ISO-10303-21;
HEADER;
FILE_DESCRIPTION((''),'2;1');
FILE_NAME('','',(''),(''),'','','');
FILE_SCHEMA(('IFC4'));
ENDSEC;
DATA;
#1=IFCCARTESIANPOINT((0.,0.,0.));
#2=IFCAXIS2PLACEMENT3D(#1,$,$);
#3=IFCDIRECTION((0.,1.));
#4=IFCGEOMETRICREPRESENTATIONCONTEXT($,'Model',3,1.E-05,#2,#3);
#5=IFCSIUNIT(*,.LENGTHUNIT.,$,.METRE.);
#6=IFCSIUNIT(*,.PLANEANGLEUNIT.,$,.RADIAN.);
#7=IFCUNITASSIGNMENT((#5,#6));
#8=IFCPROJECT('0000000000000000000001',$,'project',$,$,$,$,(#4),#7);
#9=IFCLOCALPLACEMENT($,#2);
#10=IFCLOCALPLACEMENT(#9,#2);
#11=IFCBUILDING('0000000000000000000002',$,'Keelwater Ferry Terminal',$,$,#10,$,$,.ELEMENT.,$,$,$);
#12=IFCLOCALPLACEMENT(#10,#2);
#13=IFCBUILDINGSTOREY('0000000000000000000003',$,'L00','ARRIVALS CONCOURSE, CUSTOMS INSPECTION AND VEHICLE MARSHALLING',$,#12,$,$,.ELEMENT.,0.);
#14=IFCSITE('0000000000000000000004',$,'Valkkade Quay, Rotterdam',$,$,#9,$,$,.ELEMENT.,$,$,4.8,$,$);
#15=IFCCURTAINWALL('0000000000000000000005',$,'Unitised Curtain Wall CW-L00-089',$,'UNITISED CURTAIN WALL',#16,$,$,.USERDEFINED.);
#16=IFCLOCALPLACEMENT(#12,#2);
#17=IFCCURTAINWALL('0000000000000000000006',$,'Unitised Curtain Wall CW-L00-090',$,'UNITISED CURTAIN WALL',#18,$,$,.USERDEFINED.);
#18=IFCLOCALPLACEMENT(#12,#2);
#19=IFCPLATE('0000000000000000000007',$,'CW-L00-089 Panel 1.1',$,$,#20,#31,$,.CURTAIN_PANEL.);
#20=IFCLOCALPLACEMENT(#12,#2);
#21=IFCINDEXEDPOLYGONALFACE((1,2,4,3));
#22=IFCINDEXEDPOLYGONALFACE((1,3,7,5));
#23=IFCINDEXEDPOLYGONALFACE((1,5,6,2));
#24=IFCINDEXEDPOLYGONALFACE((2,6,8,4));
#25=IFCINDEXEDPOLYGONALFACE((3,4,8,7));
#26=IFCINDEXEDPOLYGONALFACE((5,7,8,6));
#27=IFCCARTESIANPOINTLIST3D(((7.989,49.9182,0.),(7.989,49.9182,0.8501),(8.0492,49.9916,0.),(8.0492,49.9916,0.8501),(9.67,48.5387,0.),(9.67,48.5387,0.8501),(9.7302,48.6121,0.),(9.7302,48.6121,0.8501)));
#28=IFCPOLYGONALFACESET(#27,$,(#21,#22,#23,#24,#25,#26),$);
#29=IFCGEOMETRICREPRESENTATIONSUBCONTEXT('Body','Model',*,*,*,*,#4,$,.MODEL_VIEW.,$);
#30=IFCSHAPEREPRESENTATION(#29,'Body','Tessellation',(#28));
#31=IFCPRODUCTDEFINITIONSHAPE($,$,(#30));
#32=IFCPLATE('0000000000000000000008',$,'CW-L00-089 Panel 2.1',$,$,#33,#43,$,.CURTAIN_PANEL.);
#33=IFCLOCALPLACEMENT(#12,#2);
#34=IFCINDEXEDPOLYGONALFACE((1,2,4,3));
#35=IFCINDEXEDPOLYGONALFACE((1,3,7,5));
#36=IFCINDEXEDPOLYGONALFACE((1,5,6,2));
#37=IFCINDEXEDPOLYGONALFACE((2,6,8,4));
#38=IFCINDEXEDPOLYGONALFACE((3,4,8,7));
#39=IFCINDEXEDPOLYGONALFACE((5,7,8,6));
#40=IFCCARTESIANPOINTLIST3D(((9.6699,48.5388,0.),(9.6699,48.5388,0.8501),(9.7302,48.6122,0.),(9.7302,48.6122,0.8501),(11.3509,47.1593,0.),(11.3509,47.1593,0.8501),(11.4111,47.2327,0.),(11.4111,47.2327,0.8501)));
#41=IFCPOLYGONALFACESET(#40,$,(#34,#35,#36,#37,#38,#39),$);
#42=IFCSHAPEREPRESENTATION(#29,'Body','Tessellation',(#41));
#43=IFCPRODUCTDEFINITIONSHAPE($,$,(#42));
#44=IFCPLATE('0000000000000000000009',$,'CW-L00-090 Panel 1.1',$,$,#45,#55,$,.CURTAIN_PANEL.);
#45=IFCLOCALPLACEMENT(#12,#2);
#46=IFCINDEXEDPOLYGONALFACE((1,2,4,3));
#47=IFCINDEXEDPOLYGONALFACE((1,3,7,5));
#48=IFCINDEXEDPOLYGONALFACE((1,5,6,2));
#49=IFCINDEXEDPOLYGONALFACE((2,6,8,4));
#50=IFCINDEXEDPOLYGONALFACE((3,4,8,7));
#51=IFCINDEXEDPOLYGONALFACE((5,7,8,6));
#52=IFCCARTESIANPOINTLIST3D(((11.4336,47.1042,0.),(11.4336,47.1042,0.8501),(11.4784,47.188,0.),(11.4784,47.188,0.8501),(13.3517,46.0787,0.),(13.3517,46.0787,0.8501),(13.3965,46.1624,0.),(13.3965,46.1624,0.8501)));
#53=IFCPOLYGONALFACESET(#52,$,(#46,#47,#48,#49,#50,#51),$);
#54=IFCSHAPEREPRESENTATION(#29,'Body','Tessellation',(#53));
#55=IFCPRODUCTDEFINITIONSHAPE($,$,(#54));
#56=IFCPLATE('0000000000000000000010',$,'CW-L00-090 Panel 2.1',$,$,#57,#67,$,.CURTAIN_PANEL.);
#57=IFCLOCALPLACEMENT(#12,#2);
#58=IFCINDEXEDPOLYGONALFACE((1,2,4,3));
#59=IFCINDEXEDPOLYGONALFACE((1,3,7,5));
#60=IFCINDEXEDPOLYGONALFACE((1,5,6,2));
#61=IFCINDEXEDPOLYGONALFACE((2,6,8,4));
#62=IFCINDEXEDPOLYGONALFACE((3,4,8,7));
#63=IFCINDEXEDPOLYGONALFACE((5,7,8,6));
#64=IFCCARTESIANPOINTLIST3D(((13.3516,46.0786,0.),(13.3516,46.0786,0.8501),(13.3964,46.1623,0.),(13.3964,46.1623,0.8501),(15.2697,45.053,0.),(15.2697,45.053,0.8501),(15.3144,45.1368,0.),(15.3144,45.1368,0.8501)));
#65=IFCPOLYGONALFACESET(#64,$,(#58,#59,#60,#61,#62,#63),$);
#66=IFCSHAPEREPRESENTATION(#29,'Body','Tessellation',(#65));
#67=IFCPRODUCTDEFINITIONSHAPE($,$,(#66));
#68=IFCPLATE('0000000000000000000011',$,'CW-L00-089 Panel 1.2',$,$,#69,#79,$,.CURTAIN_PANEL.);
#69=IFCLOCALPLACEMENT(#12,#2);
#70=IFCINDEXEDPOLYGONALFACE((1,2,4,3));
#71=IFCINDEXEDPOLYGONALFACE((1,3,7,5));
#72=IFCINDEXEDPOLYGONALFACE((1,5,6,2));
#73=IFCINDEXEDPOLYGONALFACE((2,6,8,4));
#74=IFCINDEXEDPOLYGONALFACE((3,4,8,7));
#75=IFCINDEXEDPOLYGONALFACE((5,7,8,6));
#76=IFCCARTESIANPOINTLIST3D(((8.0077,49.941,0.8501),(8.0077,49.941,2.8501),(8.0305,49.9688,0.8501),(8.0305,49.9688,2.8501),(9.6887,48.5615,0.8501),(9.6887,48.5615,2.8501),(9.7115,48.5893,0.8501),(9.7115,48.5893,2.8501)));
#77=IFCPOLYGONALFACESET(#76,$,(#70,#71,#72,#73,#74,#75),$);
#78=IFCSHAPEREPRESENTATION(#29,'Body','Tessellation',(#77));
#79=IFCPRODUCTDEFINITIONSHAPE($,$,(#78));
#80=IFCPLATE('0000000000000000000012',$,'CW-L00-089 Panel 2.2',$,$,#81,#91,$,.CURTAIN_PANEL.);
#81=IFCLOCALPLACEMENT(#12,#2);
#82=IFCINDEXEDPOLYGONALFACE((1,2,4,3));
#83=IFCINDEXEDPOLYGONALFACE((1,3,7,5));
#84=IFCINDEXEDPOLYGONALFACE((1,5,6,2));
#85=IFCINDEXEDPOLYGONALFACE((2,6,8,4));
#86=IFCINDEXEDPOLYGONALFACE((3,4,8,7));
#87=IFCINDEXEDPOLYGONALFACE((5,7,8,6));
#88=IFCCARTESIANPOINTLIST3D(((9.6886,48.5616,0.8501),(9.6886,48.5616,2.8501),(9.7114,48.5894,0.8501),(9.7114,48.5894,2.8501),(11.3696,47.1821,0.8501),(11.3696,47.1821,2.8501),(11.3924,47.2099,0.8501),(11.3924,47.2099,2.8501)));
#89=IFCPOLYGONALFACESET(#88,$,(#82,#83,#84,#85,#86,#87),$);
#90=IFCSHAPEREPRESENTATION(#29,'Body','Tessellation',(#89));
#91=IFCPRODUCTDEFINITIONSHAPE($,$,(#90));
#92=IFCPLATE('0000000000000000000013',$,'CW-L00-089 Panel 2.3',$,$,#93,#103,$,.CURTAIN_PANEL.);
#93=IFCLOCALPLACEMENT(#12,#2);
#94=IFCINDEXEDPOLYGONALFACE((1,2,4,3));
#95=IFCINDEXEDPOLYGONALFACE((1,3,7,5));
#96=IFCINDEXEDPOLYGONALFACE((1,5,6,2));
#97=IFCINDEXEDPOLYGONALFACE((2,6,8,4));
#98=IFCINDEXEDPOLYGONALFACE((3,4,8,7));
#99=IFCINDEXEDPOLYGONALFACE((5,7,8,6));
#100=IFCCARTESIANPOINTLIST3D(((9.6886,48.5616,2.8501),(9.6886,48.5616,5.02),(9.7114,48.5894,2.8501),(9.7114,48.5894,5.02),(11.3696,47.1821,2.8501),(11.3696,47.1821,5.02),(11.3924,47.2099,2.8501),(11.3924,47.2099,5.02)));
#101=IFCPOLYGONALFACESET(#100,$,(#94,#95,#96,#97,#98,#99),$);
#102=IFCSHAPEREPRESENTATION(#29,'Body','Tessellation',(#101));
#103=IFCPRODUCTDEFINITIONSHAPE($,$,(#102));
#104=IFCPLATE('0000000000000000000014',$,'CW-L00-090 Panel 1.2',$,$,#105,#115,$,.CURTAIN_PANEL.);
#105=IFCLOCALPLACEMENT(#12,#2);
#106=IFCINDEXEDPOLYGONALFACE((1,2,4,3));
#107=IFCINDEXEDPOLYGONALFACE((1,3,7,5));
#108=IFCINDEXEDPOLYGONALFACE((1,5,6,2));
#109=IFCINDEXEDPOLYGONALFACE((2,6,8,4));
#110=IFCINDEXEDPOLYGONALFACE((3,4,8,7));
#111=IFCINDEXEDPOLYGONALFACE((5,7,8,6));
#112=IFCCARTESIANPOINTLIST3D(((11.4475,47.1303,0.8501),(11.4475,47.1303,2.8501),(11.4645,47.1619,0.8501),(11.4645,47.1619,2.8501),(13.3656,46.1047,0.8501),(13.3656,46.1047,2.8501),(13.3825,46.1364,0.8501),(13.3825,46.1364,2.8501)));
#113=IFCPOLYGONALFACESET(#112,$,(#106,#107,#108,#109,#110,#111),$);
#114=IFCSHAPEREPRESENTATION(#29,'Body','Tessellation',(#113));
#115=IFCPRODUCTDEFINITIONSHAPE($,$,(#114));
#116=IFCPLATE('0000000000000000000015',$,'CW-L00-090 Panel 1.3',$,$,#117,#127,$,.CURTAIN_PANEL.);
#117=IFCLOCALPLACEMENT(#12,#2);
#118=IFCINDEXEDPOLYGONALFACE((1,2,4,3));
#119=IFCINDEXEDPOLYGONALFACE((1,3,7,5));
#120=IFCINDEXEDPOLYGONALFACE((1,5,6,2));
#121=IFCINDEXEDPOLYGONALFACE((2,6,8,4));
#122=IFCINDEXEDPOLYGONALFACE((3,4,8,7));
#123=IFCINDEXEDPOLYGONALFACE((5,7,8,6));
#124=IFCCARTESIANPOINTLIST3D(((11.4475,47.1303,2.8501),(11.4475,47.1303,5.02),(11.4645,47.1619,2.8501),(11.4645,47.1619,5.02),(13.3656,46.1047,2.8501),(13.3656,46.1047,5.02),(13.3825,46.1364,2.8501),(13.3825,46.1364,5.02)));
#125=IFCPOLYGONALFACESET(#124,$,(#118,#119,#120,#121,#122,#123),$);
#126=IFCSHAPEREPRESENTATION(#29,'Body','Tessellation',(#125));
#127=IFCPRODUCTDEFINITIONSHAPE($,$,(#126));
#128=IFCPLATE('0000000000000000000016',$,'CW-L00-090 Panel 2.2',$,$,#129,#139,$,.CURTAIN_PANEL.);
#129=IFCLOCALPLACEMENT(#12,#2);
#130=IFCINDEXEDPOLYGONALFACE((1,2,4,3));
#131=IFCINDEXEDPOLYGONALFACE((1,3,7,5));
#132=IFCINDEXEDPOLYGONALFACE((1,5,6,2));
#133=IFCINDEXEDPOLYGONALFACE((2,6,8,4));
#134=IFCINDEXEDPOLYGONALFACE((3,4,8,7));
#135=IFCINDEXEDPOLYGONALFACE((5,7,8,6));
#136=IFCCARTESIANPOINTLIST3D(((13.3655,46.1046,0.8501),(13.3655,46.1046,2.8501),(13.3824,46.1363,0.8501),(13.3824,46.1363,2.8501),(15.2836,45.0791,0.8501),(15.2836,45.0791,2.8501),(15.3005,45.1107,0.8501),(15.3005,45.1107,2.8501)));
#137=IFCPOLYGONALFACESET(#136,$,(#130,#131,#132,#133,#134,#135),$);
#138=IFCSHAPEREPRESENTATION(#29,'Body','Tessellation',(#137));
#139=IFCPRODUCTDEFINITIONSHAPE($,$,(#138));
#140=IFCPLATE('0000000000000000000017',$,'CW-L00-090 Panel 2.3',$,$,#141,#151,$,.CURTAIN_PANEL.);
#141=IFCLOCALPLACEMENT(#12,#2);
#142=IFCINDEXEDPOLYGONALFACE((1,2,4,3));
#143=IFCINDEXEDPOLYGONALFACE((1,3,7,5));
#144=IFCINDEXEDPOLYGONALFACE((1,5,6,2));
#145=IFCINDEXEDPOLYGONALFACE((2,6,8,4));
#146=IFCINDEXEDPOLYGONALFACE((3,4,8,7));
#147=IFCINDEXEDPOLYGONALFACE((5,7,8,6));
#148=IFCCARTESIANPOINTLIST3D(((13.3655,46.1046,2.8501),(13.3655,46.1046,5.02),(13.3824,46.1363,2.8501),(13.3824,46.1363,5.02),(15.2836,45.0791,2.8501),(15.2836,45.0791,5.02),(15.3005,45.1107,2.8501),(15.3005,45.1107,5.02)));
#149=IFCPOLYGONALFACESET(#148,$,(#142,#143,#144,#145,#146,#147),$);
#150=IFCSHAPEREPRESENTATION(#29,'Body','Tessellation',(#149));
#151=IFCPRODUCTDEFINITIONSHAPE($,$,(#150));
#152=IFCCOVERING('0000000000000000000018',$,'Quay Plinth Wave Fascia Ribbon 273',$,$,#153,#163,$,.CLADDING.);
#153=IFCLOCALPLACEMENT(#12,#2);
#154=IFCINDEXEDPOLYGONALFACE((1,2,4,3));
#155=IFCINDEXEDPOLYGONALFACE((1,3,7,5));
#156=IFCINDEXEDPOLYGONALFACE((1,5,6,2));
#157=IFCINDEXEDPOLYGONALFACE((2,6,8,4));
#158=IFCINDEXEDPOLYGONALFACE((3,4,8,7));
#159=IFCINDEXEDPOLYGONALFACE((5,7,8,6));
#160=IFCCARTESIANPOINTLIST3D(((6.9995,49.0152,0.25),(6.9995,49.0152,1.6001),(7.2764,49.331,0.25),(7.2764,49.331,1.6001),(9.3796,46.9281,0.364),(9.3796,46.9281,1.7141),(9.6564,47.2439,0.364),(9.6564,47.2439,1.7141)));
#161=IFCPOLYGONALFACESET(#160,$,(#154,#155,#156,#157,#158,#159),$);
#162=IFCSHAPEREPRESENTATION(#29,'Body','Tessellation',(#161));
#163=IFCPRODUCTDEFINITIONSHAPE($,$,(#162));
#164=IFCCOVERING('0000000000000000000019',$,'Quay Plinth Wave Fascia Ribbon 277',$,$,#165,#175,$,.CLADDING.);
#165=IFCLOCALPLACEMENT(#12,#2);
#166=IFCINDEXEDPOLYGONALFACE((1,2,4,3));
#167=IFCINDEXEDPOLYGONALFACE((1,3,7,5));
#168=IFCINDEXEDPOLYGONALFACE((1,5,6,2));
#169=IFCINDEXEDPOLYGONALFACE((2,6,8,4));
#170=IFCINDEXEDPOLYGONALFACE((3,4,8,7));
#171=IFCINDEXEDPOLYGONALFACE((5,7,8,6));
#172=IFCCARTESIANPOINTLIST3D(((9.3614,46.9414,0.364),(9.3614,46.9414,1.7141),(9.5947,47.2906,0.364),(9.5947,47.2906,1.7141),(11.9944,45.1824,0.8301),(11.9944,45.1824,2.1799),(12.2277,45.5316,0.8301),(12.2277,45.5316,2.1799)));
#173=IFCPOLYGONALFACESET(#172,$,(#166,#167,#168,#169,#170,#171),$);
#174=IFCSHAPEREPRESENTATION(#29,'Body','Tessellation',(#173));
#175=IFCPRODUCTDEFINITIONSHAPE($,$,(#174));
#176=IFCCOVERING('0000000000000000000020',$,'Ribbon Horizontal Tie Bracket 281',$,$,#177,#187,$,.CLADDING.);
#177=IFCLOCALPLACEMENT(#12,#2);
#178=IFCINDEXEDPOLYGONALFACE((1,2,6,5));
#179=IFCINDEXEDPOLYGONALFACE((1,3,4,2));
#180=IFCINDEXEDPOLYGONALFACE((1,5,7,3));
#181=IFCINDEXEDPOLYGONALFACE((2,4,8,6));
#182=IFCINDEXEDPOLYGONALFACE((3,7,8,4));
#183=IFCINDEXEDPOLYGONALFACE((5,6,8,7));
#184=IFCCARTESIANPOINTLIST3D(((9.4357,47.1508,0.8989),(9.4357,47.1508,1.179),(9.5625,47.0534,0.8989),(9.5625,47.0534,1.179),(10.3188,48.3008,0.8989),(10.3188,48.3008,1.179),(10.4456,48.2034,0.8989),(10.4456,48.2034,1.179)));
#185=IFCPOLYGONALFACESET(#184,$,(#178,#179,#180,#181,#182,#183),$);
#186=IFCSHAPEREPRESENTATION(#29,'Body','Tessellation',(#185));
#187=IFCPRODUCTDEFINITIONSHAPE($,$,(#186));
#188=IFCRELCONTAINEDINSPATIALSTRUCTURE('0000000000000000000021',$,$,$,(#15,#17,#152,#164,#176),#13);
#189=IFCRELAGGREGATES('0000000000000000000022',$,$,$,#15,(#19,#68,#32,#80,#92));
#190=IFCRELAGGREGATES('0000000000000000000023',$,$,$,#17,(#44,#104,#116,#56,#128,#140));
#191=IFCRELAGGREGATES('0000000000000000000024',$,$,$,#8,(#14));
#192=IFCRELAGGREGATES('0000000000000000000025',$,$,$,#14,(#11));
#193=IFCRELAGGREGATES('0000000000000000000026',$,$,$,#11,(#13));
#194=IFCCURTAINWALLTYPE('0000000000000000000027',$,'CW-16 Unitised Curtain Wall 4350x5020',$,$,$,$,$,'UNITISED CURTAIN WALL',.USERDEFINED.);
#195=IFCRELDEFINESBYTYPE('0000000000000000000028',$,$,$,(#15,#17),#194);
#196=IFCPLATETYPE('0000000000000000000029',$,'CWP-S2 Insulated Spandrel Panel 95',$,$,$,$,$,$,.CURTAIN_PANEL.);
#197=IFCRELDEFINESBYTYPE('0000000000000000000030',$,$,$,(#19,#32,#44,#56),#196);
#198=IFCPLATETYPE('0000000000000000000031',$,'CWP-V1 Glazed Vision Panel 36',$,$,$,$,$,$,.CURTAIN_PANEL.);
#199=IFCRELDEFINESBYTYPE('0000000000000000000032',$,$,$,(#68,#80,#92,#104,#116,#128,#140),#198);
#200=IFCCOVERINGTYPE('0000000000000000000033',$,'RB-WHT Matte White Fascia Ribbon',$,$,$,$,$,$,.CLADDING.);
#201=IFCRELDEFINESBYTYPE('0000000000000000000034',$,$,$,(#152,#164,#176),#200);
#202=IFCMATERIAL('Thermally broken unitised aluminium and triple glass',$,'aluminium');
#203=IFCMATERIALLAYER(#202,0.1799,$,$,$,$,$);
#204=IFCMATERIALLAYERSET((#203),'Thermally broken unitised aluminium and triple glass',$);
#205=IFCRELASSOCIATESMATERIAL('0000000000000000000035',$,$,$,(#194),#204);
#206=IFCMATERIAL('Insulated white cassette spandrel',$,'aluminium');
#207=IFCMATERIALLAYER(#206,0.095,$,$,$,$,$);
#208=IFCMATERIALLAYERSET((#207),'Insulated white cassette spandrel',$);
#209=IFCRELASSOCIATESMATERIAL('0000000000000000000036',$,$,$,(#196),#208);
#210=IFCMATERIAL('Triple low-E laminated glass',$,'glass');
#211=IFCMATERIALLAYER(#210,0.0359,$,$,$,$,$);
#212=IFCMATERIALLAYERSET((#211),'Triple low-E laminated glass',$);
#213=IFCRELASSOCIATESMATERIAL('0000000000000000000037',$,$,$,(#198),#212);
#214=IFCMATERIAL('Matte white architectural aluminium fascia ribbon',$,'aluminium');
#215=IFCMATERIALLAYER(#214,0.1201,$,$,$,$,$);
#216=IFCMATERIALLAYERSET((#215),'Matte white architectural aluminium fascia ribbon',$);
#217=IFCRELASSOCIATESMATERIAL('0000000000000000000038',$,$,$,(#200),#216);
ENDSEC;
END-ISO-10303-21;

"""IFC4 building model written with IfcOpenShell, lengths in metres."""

from ifc_helpers import new_model, si_unit, direction, frame, frame_2d, origin, origin_2d, place, context, subcontext, project, spatial, polyline, rectangle, outline, extrude, material, layer, layer_set, type_object, element, aggregate, save


model = new_model("IFC4")

# Units and contexts
model_context = context("Model", 3, precision=1e-05, world=origin(), true_north=direction((0.0, 1.0)))
body_context = subcontext(model_context, "Body", "Model", "MODEL_VIEW")
ifc_project = project(units=[si_unit("LENGTHUNIT", "METRE"), si_unit("PLANEANGLEUNIT", "RADIAN")], contexts=[model_context])

# Site, building, storey
site_placement = place(None, origin())
site = spatial("IfcSite", under=ifc_project, at=site_placement, Name="Valkkade Quay, Rotterdam", CompositionType="ELEMENT", RefElevation=4.8)
building_placement = place(site_placement, origin())
building = spatial("IfcBuilding", under=site, at=building_placement, Name="Keelwater Ferry Terminal", CompositionType="ELEMENT")
storey_placement = place(building_placement, origin())
storey = spatial("IfcBuildingStorey", under=building, at=storey_placement, Name="L00", Description="ARRIVALS CONCOURSE, CUSTOMS INSPECTION AND VEHICLE MARSHALLING", CompositionType="ELEMENT", Elevation=0.0)

# Curtain walls
ifc_material_1 = material(Name="Thermally broken unitised aluminium and triple glass", Category="aluminium")
ifc_layer_1 = layer(ifc_material_1, 0.1799)
ifc_layer_set_1 = layer_set([ifc_layer_1], Name="Thermally broken unitised aluminium and triple glass")
curtain_wall_type = type_object("IfcCurtainWallType", Name="CW-16 Unitised Curtain Wall 4350x5020", ElementType="UNITISED CURTAIN WALL", PredefinedType="USERDEFINED", material=ifc_layer_set_1)
curtain_wall_1_placement = place(storey_placement, origin())
curtain_wall_1 = element("IfcCurtainWall", 1, at=curtain_wall_1_placement, inside=storey, type_object=curtain_wall_type, Name="Unitised Curtain Wall CW-L00-089", ObjectType="UNITISED CURTAIN WALL", PredefinedType="USERDEFINED")
curtain_wall_2_placement = place(storey_placement, origin())
curtain_wall_2 = element("IfcCurtainWall", 2, at=curtain_wall_2_placement, inside=storey, type_object=curtain_wall_type, Name="Unitised Curtain Wall CW-L00-090", ObjectType="UNITISED CURTAIN WALL", PredefinedType="USERDEFINED")

# Plates
ifc_material_2 = material(Name="Insulated white cassette spandrel", Category="aluminium")
ifc_layer_2 = layer(ifc_material_2, 0.095)
ifc_layer_set_2 = layer_set([ifc_layer_2], Name="Insulated white cassette spandrel")
plate_type_1 = type_object("IfcPlateType", Name="CWP-S2 Insulated Spandrel Panel 95", PredefinedType="CURTAIN_PANEL", material=ifc_layer_set_2)
plate_1_placement = place(storey_placement, frame((8.8596, 49.2651, 0.0), z_axis=(0.0, 0.0, 1.0), x_axis=(0.773024, -0.634377, 0.0)))
plate_1 = element("IfcPlate", 3, at=plate_1_placement, type_object=plate_type_1, Name="CW-L00-089 Panel 1.1", PredefinedType="CURTAIN_PANEL", context=body_context, shape_type="SweptSolid", body=[
    extrude(rectangle(XDim=2.1746, YDim=0.095, at=origin_2d()), origin(), (0.0, 0.0, 1.0), 0.8501),
])
plate_2_placement = place(storey_placement, frame((10.5405, 47.8857, 0.0), z_axis=(0.0, 0.0, 1.0), x_axis=(0.773024, -0.634377, 0.0)))
plate_2 = element("IfcPlate", 4, at=plate_2_placement, type_object=plate_type_1, Name="CW-L00-089 Panel 2.1", PredefinedType="CURTAIN_PANEL", context=body_context, shape_type="SweptSolid", body=[
    extrude(rectangle(XDim=2.1746, YDim=0.095, at=origin_2d()), origin(), (0.0, 0.0, 1.0), 0.8501),
])
plate_3_placement = place(storey_placement, frame((12.415, 46.6333, 0.0), z_axis=(0.0, 0.0, 1.0), x_axis=(0.881862, -0.471507, 0.0)))
plate_3 = element("IfcPlate", 5, at=plate_3_placement, type_object=plate_type_1, Name="CW-L00-090 Panel 1.1", PredefinedType="CURTAIN_PANEL", context=body_context, shape_type="SweptSolid", body=[
    extrude(rectangle(XDim=2.175, YDim=0.095, at=origin_2d()), origin(), (0.0, 0.0, 1.0), 0.8501),
])
plate_4_placement = place(storey_placement, frame((14.333, 45.6077, 0.0), z_axis=(0.0, 0.0, 1.0), x_axis=(0.881862, -0.471507, 0.0)))
plate_4 = element("IfcPlate", 6, at=plate_4_placement, type_object=plate_type_1, Name="CW-L00-090 Panel 2.1", PredefinedType="CURTAIN_PANEL", context=body_context, shape_type="SweptSolid", body=[
    extrude(rectangle(XDim=2.175, YDim=0.095, at=origin_2d()), origin(), (0.0, 0.0, 1.0), 0.8501),
])
ifc_material_3 = material(Name="Triple low-E laminated glass", Category="glass")
ifc_layer_3 = layer(ifc_material_3, 0.0359)
ifc_layer_set_3 = layer_set([ifc_layer_3], Name="Triple low-E laminated glass")
plate_type_2 = type_object("IfcPlateType", Name="CWP-V1 Glazed Vision Panel 36", PredefinedType="CURTAIN_PANEL", material=ifc_layer_set_3)
plate_5_placement = place(storey_placement, frame((8.8596, 49.2651, 0.8501), z_axis=(0.0, 0.0, 1.0), x_axis=(0.773024, -0.634377, 0.0)))
plate_5 = element("IfcPlate", 7, at=plate_5_placement, type_object=plate_type_2, Name="CW-L00-089 Panel 1.2", PredefinedType="CURTAIN_PANEL", context=body_context, shape_type="SweptSolid", body=[
    extrude(rectangle(XDim=2.1746, YDim=0.0359, at=origin_2d()), origin(), (0.0, 0.0, 1.0), 2.0),
])
plate_6_placement = place(storey_placement, frame((10.5405, 47.8857, 0.8501), z_axis=(0.0, 0.0, 1.0), x_axis=(0.773024, -0.634377, 0.0)))
plate_6 = element("IfcPlate", 8, at=plate_6_placement, type_object=plate_type_2, Name="CW-L00-089 Panel 2.2", PredefinedType="CURTAIN_PANEL", context=body_context, shape_type="SweptSolid", body=[
    extrude(rectangle(XDim=2.1746, YDim=0.0359, at=origin_2d()), origin(), (0.0, 0.0, 1.0), 2.0),
])
plate_7_placement = place(storey_placement, frame((10.5405, 47.8857, 2.8501), z_axis=(0.0, 0.0, 1.0), x_axis=(0.773024, -0.634377, 0.0)))
plate_7 = element("IfcPlate", 9, at=plate_7_placement, type_object=plate_type_2, Name="CW-L00-089 Panel 2.3", PredefinedType="CURTAIN_PANEL", context=body_context, shape_type="SweptSolid", body=[
    extrude(rectangle(XDim=2.1746, YDim=0.0359, at=origin_2d()), origin(), (0.0, 0.0, 1.0), 2.1699),
])
aggregate(curtain_wall_1, [plate_1, plate_5, plate_2, plate_6, plate_7])
plate_8_placement = place(storey_placement, frame((12.415, 46.6333, 0.8501), z_axis=(0.0, 0.0, 1.0), x_axis=(0.881862, -0.471507, 0.0)))
plate_8 = element("IfcPlate", 10, at=plate_8_placement, type_object=plate_type_2, Name="CW-L00-090 Panel 1.2", PredefinedType="CURTAIN_PANEL", context=body_context, shape_type="SweptSolid", body=[
    extrude(rectangle(XDim=2.175, YDim=0.0359, at=origin_2d()), origin(), (0.0, 0.0, 1.0), 2.0),
])
plate_9_placement = place(storey_placement, frame((12.415, 46.6333, 2.8501), z_axis=(0.0, 0.0, 1.0), x_axis=(0.881862, -0.471507, 0.0)))
plate_9 = element("IfcPlate", 11, at=plate_9_placement, type_object=plate_type_2, Name="CW-L00-090 Panel 1.3", PredefinedType="CURTAIN_PANEL", context=body_context, shape_type="SweptSolid", body=[
    extrude(rectangle(XDim=2.175, YDim=0.0359, at=origin_2d()), origin(), (0.0, 0.0, 1.0), 2.1699),
])
plate_10_placement = place(storey_placement, frame((14.333, 45.6077, 0.8501), z_axis=(0.0, 0.0, 1.0), x_axis=(0.881862, -0.471507, 0.0)))
plate_10 = element("IfcPlate", 12, at=plate_10_placement, type_object=plate_type_2, Name="CW-L00-090 Panel 2.2", PredefinedType="CURTAIN_PANEL", context=body_context, shape_type="SweptSolid", body=[
    extrude(rectangle(XDim=2.175, YDim=0.0359, at=origin_2d()), origin(), (0.0, 0.0, 1.0), 2.0),
])
plate_11_placement = place(storey_placement, frame((14.333, 45.6077, 2.8501), z_axis=(0.0, 0.0, 1.0), x_axis=(0.881862, -0.471507, 0.0)))
plate_11 = element("IfcPlate", 13, at=plate_11_placement, type_object=plate_type_2, Name="CW-L00-090 Panel 2.3", PredefinedType="CURTAIN_PANEL", context=body_context, shape_type="SweptSolid", body=[
    extrude(rectangle(XDim=2.175, YDim=0.0359, at=origin_2d()), origin(), (0.0, 0.0, 1.0), 2.1699),
])
aggregate(curtain_wall_2, [plate_3, plate_8, plate_9, plate_4, plate_10, plate_11])

# Coverings
ifc_material_4 = material(Name="Matte white architectural aluminium fascia ribbon", Category="aluminium")
ifc_layer_4 = layer(ifc_material_4, 0.1201)
ifc_layer_set_4 = layer_set([ifc_layer_4], Name="Matte white architectural aluminium fascia ribbon")
covering_type = type_object("IfcCoveringType", Name="RB-WHT Matte White Fascia Ribbon", PredefinedType="CLADDING", material=ifc_layer_set_4)
covering_1_placement = place(storey_placement, frame((7.1379, 49.1731, 0.25), z_axis=(0.0, 0.0, 1.0), x_axis=(0.751864, -0.659318, 0.0)))
element("IfcCovering", 14, at=covering_1_placement, inside=storey, type_object=covering_type, Name="Quay Plinth Wave Fascia Ribbon 273", PredefinedType="CLADDING", context=body_context, shape_type="SweptSolid", body=[
    extrude(outline(polyline([(0.0, 0.0), (3.1655, 0.114), (3.1655, 1.4641), (0.0, 1.3501), (0.0, 0.0)])), frame((0.0, 0.21, 0.0), z_axis=(0.0, -1.0, 0.0), x_axis=(1.0, 0.0, 0.0)), (0.0, 0.0, 1.0), 0.4199),
])
covering_2_placement = place(storey_placement, frame((9.478, 47.116, 0.364), z_axis=(0.0, 0.0, 1.0), x_axis=(0.831516, -0.555501, 0.0)))
element("IfcCovering", 15, at=covering_2_placement, inside=storey, type_object=covering_type, Name="Quay Plinth Wave Fascia Ribbon 277", PredefinedType="CLADDING", context=body_context, shape_type="SweptSolid", body=[
    extrude(outline(polyline([(0.0, 0.0), (3.1665, 0.4661), (3.1665, 1.8159), (0.0, 1.3501), (0.0, 0.0)])), frame((0.0, 0.21, 0.0), z_axis=(0.0, -1.0, 0.0), x_axis=(1.0, 0.0, 0.0)), (0.0, 0.0, 1.0), 0.4199),
])
covering_3_placement = place(storey_placement, frame((9.499, 47.1021, 0.8989), z_axis=(0.0, 0.0, 1.0), x_axis=(0.609068, 0.793118, 0.0)))
element("IfcCovering", 16, at=covering_3_placement, inside=storey, type_object=covering_type, Name="Ribbon Horizontal Tie Bracket 281", PredefinedType="CLADDING", context=body_context, shape_type="SweptSolid", body=[
    extrude(rectangle(XDim=1.45, YDim=0.1599, at=frame_2d((0.7251, 0.0))), origin(), (0.0, 0.0, 1.0), 0.28),
])

save(model, "model.ifc")
